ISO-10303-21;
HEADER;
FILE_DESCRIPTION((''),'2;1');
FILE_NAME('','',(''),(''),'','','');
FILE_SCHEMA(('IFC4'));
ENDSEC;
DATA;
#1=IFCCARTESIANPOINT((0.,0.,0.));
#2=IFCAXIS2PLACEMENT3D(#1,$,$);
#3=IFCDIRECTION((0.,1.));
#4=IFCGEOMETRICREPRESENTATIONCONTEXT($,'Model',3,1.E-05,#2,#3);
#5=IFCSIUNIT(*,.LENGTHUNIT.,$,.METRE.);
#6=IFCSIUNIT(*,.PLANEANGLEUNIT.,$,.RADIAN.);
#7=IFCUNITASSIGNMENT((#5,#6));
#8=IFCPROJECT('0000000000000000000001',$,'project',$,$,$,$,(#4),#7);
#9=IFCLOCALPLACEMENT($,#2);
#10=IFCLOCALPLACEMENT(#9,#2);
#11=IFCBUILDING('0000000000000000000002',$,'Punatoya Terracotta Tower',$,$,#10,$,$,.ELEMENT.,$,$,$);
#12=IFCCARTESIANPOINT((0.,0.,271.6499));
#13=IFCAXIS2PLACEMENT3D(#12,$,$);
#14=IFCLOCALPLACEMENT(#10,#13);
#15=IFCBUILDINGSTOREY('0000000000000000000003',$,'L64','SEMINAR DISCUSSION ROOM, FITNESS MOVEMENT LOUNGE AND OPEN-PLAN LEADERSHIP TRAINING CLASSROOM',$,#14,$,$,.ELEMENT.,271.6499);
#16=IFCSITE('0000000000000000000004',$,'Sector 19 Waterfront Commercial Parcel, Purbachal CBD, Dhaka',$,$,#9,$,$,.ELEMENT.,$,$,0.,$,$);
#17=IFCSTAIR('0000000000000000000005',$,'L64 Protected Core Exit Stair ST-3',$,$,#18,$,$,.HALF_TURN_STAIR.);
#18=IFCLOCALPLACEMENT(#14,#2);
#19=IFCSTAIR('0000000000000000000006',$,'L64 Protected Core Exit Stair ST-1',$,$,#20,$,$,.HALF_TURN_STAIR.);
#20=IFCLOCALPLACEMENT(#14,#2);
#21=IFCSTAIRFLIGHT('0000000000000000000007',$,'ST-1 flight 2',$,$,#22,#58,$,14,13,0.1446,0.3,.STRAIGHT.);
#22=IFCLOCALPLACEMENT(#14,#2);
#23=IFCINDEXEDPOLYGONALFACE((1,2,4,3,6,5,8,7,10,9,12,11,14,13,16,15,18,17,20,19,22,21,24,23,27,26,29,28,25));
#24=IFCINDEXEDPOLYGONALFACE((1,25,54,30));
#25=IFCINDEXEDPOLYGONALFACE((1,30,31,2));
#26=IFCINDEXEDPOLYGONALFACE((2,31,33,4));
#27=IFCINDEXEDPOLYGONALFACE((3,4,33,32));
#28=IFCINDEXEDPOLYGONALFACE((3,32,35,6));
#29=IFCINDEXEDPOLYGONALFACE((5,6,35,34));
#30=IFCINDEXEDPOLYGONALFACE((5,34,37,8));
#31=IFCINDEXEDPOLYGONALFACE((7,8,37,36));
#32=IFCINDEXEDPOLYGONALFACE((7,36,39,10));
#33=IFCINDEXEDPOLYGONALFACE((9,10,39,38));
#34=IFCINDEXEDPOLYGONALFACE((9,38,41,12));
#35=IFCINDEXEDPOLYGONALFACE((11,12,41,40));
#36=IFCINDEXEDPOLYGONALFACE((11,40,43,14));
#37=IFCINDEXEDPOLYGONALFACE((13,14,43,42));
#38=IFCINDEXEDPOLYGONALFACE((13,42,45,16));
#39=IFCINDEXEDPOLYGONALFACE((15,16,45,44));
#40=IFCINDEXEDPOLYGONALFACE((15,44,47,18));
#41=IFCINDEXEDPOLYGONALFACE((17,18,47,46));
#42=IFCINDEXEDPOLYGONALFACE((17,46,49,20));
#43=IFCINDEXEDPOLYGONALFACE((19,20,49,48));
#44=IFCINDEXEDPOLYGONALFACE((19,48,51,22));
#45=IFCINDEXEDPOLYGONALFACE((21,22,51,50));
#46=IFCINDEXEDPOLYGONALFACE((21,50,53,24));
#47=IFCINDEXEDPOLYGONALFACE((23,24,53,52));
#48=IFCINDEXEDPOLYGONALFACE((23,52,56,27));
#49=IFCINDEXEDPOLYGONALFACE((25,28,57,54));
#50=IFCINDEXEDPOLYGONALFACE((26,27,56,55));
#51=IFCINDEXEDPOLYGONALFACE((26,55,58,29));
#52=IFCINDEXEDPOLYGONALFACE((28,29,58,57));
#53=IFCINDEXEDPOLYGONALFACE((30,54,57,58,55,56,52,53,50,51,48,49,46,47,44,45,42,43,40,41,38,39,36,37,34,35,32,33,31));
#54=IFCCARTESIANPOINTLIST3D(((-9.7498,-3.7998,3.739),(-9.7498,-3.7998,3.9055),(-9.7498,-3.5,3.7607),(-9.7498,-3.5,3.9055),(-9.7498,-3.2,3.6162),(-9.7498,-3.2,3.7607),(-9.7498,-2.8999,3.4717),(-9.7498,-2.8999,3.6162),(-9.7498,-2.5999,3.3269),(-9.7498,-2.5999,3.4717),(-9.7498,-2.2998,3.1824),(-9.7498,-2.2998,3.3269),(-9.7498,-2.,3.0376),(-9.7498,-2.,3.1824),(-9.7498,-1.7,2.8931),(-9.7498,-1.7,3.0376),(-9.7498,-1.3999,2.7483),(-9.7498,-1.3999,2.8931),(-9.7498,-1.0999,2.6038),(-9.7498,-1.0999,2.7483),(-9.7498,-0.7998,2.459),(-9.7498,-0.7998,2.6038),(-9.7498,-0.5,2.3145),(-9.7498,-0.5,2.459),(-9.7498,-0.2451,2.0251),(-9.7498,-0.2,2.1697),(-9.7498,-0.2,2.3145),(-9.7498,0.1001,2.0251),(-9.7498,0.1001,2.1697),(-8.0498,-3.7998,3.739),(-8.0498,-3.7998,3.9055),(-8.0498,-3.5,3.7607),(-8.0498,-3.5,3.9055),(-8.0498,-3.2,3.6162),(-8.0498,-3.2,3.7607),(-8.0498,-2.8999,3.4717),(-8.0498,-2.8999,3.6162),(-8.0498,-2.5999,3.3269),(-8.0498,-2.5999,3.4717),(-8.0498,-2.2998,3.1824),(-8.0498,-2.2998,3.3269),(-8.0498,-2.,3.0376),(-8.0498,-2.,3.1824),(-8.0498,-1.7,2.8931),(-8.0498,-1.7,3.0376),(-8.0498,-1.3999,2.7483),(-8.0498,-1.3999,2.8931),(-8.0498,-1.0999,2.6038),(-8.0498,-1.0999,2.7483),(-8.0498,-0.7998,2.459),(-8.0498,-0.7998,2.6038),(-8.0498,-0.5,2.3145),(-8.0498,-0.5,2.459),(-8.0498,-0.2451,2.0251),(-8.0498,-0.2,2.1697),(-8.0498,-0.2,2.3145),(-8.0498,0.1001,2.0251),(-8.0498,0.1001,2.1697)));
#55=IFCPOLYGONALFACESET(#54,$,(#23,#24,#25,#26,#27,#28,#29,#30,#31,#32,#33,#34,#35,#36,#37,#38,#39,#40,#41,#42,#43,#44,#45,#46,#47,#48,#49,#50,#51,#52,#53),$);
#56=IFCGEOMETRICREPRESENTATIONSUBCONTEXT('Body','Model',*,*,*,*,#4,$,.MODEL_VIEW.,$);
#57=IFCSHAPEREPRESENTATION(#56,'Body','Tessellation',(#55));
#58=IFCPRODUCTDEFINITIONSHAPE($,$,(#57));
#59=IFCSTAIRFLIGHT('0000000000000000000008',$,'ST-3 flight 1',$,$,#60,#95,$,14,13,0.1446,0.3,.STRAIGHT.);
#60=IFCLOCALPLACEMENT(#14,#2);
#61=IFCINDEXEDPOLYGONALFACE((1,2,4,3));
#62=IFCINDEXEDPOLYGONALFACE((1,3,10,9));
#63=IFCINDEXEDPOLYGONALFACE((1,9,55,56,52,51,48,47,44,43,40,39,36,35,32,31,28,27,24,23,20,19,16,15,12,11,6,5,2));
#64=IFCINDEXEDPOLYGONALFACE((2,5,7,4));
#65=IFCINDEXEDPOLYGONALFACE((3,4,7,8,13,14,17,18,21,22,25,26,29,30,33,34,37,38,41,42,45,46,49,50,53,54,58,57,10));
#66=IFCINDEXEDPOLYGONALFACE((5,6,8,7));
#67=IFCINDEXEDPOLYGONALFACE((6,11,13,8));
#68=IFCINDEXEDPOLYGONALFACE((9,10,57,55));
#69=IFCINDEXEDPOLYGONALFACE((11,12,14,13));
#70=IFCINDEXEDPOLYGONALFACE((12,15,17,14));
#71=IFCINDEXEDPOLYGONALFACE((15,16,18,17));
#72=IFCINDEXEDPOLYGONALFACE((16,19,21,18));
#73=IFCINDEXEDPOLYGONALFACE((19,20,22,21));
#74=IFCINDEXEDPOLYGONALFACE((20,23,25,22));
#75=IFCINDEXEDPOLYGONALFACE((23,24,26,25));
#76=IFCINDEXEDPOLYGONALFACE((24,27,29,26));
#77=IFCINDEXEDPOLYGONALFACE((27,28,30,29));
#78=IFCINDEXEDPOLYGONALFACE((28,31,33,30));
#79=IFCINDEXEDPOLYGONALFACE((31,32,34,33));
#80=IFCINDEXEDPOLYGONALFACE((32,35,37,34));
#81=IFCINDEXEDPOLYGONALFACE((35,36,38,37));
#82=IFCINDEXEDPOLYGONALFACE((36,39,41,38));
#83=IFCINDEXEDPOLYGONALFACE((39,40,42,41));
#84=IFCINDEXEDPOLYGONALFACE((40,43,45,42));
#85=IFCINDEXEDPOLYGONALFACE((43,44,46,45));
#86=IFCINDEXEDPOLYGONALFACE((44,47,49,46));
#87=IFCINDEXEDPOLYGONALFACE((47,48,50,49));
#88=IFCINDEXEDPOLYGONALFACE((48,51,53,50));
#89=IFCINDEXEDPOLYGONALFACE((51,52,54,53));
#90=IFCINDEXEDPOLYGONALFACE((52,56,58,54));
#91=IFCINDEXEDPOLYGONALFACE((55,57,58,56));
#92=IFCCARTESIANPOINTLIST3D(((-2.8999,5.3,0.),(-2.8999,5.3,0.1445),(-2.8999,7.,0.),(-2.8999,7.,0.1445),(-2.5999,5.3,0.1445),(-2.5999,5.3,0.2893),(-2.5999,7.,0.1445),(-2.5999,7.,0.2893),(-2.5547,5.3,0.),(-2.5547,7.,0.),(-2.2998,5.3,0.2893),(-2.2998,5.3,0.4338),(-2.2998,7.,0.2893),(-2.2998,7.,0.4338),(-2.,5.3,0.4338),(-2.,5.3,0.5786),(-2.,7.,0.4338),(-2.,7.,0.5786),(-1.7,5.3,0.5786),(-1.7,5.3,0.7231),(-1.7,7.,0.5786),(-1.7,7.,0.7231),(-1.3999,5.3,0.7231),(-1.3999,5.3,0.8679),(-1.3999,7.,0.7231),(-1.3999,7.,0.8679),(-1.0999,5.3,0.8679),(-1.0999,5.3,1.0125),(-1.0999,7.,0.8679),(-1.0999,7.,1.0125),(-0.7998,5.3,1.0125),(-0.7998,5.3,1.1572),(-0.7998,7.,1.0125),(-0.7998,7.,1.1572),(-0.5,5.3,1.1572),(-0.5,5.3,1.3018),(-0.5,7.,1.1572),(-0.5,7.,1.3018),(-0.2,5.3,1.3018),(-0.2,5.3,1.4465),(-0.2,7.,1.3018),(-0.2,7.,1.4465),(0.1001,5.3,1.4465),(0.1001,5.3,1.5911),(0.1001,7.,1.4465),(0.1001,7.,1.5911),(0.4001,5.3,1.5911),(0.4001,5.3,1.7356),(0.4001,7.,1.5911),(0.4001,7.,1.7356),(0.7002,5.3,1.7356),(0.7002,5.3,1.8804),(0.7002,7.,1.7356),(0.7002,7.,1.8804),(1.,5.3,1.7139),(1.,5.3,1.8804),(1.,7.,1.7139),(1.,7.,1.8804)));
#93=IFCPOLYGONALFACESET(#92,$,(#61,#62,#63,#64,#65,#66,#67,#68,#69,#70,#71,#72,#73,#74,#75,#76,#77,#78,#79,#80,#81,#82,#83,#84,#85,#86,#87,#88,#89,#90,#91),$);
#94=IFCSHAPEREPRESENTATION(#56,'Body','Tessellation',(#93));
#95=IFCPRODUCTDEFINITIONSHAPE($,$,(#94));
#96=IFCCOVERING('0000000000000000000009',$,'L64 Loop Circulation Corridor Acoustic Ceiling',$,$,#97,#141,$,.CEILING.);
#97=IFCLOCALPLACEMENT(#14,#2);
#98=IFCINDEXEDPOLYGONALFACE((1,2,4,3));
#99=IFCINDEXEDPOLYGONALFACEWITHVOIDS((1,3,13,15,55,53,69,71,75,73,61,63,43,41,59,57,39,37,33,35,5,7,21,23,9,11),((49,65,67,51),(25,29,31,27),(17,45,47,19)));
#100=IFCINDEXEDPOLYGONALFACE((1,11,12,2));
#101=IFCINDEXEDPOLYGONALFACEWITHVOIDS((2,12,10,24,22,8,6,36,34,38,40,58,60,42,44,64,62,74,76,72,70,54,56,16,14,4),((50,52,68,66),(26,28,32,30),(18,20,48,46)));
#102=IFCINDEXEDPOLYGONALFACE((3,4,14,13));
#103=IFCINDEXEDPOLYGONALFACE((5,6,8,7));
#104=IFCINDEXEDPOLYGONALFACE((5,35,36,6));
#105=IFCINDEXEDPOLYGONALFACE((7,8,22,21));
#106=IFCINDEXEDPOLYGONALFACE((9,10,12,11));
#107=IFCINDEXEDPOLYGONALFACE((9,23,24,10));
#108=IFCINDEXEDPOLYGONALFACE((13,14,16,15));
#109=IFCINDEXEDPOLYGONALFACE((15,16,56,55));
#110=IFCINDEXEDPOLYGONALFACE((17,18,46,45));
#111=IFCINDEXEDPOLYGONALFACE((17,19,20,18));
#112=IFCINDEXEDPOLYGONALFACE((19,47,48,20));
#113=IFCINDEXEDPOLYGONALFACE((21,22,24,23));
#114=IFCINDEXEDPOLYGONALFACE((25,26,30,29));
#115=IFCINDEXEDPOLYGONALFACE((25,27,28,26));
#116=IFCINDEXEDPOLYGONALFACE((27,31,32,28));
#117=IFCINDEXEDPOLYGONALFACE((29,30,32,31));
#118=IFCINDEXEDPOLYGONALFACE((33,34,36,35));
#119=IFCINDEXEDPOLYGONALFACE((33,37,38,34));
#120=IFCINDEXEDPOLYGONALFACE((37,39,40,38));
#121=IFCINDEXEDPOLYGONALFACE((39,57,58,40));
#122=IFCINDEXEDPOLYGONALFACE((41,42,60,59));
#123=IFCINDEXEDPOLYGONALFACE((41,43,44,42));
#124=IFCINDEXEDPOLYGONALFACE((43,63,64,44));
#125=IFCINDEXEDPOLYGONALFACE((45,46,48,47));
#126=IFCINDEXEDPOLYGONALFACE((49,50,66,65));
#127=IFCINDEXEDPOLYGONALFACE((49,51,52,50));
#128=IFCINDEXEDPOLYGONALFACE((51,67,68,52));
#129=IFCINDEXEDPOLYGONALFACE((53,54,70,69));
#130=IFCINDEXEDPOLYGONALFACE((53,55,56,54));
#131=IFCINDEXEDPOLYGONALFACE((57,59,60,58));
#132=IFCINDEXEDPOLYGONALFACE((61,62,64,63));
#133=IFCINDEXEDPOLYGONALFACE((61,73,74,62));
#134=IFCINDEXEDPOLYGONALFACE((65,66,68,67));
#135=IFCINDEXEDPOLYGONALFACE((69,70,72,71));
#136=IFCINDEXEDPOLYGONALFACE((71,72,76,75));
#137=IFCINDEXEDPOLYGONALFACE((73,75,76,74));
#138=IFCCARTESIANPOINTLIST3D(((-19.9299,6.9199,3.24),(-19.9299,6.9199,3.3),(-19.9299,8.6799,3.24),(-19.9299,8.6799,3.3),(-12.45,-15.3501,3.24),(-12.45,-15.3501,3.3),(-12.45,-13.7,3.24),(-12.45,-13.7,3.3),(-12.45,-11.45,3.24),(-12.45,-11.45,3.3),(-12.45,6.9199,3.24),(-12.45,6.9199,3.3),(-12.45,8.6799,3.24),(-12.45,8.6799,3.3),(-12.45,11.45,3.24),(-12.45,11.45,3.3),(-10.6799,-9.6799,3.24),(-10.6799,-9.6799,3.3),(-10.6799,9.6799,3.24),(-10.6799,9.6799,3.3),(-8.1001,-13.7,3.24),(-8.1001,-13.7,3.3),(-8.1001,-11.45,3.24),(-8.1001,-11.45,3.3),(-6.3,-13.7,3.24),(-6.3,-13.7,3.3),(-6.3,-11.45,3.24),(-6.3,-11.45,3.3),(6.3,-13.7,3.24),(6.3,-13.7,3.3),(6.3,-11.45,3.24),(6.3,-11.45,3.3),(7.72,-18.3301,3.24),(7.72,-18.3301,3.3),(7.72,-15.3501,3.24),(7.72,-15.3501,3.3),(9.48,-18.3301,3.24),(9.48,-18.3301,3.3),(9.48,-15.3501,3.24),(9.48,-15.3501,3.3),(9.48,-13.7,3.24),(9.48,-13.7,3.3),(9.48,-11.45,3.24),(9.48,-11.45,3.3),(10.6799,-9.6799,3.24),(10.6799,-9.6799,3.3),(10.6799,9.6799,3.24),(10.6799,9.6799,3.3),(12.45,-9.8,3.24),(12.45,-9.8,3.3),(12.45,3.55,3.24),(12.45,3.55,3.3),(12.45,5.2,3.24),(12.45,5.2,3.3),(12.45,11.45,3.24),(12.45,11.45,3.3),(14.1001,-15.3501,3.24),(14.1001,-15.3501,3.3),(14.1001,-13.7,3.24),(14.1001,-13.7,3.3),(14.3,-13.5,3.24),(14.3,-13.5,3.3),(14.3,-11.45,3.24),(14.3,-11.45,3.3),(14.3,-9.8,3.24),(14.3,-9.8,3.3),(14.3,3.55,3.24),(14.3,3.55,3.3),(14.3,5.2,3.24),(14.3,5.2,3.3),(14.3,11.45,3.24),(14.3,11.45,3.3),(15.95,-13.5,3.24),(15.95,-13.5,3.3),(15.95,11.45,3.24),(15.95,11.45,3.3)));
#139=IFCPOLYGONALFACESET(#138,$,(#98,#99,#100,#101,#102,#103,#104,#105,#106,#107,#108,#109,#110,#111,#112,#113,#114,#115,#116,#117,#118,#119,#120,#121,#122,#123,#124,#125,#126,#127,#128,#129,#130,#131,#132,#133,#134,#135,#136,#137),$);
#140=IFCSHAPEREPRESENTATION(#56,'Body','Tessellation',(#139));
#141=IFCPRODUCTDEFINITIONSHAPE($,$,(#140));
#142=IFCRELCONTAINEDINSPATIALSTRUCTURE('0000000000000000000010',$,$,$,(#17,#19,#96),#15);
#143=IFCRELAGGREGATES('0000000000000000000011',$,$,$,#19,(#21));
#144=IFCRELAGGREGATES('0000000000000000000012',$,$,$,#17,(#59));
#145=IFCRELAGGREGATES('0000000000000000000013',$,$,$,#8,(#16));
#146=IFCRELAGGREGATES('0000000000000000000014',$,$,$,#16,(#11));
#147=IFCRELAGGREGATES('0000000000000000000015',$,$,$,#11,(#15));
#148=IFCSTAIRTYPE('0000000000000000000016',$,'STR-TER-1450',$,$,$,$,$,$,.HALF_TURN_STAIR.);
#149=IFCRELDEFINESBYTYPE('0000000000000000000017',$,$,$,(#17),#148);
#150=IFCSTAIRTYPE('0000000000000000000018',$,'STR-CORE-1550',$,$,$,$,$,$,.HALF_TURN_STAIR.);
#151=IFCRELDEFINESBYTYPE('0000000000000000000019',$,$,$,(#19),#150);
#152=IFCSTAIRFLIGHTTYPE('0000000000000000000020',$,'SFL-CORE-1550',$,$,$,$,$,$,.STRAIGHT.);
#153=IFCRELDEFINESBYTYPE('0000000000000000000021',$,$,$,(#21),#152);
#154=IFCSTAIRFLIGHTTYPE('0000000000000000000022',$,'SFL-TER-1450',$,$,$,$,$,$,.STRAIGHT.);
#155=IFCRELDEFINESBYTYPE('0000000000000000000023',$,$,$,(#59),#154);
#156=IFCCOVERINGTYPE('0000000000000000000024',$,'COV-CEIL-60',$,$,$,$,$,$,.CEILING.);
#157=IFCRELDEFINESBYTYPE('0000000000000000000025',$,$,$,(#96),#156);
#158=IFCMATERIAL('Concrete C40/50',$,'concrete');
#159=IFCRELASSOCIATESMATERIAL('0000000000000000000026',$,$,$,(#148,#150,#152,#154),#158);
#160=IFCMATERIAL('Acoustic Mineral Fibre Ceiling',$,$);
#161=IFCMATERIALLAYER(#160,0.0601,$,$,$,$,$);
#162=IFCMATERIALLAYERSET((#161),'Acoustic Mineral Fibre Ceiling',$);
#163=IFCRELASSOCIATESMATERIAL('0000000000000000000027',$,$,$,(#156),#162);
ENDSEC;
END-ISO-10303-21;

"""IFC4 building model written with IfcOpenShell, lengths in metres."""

from ifc_helpers import new_model, si_unit, direction, frame, origin, place, context, subcontext, project, spatial, polyline, outline, extrude, material, layer, layer_set, type_object, element, aggregate, save


model = new_model("IFC4")

# Units and contexts
model_context = context("Model", 3, precision=1e-05, world=origin(), true_north=direction((0.0, 1.0)))
body_context = subcontext(model_context, "Body", "Model", "MODEL_VIEW")
ifc_project = project(units=[si_unit("LENGTHUNIT", "METRE"), si_unit("PLANEANGLEUNIT", "RADIAN")], contexts=[model_context])

# Site, building, storey
site_placement = place(None, origin())
site = spatial("IfcSite", under=ifc_project, at=site_placement, Name="Sector 19 Waterfront Commercial Parcel, Purbachal CBD, Dhaka", CompositionType="ELEMENT", RefElevation=0.0)
building_placement = place(site_placement, origin())
building = spatial("IfcBuilding", under=site, at=building_placement, Name="Punatoya Terracotta Tower", CompositionType="ELEMENT")
storey_placement = place(building_placement, frame((0.0, 0.0, 271.6499)))
storey = spatial("IfcBuildingStorey", under=building, at=storey_placement, Name="L64", Description="SEMINAR DISCUSSION ROOM, FITNESS MOVEMENT LOUNGE AND OPEN-PLAN LEADERSHIP TRAINING CLASSROOM", CompositionType="ELEMENT", Elevation=271.6499)

# Stairs
ifc_material_1 = material(Name="Concrete C40/50", Category="concrete")
stair_type_1 = type_object("IfcStairType", Name="STR-TER-1450", PredefinedType="HALF_TURN_STAIR", material=ifc_material_1)
stair_1_placement = place(storey_placement, origin())
stair_1 = element("IfcStair", 1, at=stair_1_placement, inside=storey, type_object=stair_type_1, Name="L64 Protected Core Exit Stair ST-3", PredefinedType="HALF_TURN_STAIR")
stair_type_2 = type_object("IfcStairType", Name="STR-CORE-1550", PredefinedType="HALF_TURN_STAIR", material=ifc_material_1)
stair_2_placement = place(storey_placement, origin())
stair_2 = element("IfcStair", 2, at=stair_2_placement, inside=storey, type_object=stair_type_2, Name="L64 Protected Core Exit Stair ST-1", PredefinedType="HALF_TURN_STAIR")

# Stair flights
stair_flight_type_1 = type_object("IfcStairFlightType", Name="SFL-CORE-1550", PredefinedType="STRAIGHT", material=ifc_material_1)
stair_flight_1_placement = place(storey_placement, frame((-8.8999, 0.1001, 2.0251), z_axis=(0.0, 0.0, 1.0), x_axis=(0.0, -1.0, 0.0)))
stair_flight_1 = element("IfcStairFlight", 3, at=stair_flight_1_placement, type_object=stair_flight_type_1, Name="ST-1 flight 2", NumberOfRisers=14, NumberOfTreads=13, PredefinedType="STRAIGHT", RiserHeight=0.1446, TreadLength=0.3, context=body_context, shape_type="SweptSolid", body=[
    extrude(outline(polyline([(0.0, 0.0), (0.0, 0.1445), (0.3, 0.1445), (0.3, 0.2893), (0.6001, 0.2893), (0.6001, 0.4338), (0.8999, 0.4338), (0.8999, 0.5786), (1.2, 0.5786), (1.2, 0.7231), (1.5, 0.7231), (1.5, 0.8679), (1.8, 0.8679), (1.8, 1.0125), (2.1001, 1.0125), (2.1001, 1.1572), (2.3999, 1.1572), (2.3999, 1.3018), (2.7, 1.3018), (2.7, 1.4465), (3.0, 1.4465), (3.0, 1.5911), (3.3, 1.5911), (3.3, 1.7356), (3.6001, 1.7356), (3.6001, 1.8804), (3.8999, 1.8804), (3.8999, 2.0249), (3.8999, 1.7139), (0.3452, 0.0), (0.0, 0.0)])), frame((0.0, 0.8501, 0.0), z_axis=(0.0, -1.0, 0.0), x_axis=(1.0, 0.0, 0.0)), (0.0, 0.0, 1.0), 1.7),
])
aggregate(stair_2, [stair_flight_1])
stair_flight_type_2 = type_object("IfcStairFlightType", Name="SFL-TER-1450", PredefinedType="STRAIGHT", material=ifc_material_1)
stair_flight_2_placement = place(storey_placement, frame((-2.8999, 6.1499, 0.0), z_axis=(0.0, 0.0, 1.0), x_axis=(1.0, 0.0, 0.0)))
stair_flight_2 = element("IfcStairFlight", 4, at=stair_flight_2_placement, type_object=stair_flight_type_2, Name="ST-3 flight 1", NumberOfRisers=14, NumberOfTreads=13, PredefinedType="STRAIGHT", RiserHeight=0.1446, TreadLength=0.3, context=body_context, shape_type="SweptSolid", body=[
    extrude(outline(polyline([(0.0, 0.0), (0.0, 0.1445), (0.3, 0.1445), (0.3, 0.2893), (0.6001, 0.2893), (0.6001, 0.4338), (0.8999, 0.4338), (0.8999, 0.5786), (1.2, 0.5786), (1.2, 0.7231), (1.5, 0.7231), (1.5, 0.8679), (1.8, 0.8679), (1.8, 1.0125), (2.1001, 1.0125), (2.1001, 1.1572), (2.3999, 1.1572), (2.3999, 1.3018), (2.7, 1.3018), (2.7, 1.4465), (3.0, 1.4465), (3.0, 1.5911), (3.3, 1.5911), (3.3, 1.7356), (3.6001, 1.7356), (3.6001, 1.8804), (3.8999, 1.8804), (3.8999, 2.0249), (3.8999, 1.7139), (0.3452, 0.0), (0.0, 0.0)])), frame((0.0, 0.8501, 0.0), z_axis=(0.0, -1.0, 0.0), x_axis=(1.0, 0.0, 0.0)), (0.0, 0.0, 1.0), 1.7),
])
aggregate(stair_1, [stair_flight_2])

# Covering
ifc_material_2 = material(Name="Acoustic Mineral Fibre Ceiling")
ifc_layer_1 = layer(ifc_material_2, 0.0601)
ifc_layer_set_1 = layer_set([ifc_layer_1], Name="Acoustic Mineral Fibre Ceiling")
covering_type = type_object("IfcCoveringType", Name="COV-CEIL-60", PredefinedType="CEILING", material=ifc_layer_set_1)
covering_placement = place(storey_placement, frame((0.0, 0.0, 3.24)))
element("IfcCovering", 5, at=covering_placement, inside=storey, type_object=covering_type, Name="L64 Loop Circulation Corridor Acoustic Ceiling", PredefinedType="CEILING", context=body_context, shape_type="SweptSolid", body=[
    extrude(outline(polyline([(14.1001, -13.7), (9.48, -13.7), (9.48, -11.45), (14.3, -11.45), (14.3, -13.5), (15.95, -13.5), (15.95, 11.45), (14.3, 11.45), (14.3, 5.2), (12.45, 5.2), (12.45, 11.45), (-12.45, 11.45), (-12.45, 8.6799), (-19.9299, 8.6799), (-19.9299, 6.9199), (-12.45, 6.9199), (-12.45, -11.45), (-8.1001, -11.45), (-8.1001, -13.7), (-12.45, -13.7), (-12.45, -15.3501), (7.72, -15.3501), (7.72, -18.3301), (9.48, -18.3301), (9.48, -15.3501), (14.1001, -15.3501), (14.1001, -13.7)]), holes=[polyline([(12.45, 3.55), (14.3, 3.55), (14.3, -9.8), (12.45, -9.8), (12.45, 3.55)]), polyline([(10.6799, 9.6799), (10.6799, -9.6799), (-10.6799, -9.6799), (-10.6799, 9.6799), (10.6799, 9.6799)]), polyline([(6.3, -13.7), (-6.3, -13.7), (-6.3, -11.45), (6.3, -11.45), (6.3, -13.7)])]), origin(), (0.0, 0.0, 1.0), 0.0601),
])

save(model, "model.ifc")
